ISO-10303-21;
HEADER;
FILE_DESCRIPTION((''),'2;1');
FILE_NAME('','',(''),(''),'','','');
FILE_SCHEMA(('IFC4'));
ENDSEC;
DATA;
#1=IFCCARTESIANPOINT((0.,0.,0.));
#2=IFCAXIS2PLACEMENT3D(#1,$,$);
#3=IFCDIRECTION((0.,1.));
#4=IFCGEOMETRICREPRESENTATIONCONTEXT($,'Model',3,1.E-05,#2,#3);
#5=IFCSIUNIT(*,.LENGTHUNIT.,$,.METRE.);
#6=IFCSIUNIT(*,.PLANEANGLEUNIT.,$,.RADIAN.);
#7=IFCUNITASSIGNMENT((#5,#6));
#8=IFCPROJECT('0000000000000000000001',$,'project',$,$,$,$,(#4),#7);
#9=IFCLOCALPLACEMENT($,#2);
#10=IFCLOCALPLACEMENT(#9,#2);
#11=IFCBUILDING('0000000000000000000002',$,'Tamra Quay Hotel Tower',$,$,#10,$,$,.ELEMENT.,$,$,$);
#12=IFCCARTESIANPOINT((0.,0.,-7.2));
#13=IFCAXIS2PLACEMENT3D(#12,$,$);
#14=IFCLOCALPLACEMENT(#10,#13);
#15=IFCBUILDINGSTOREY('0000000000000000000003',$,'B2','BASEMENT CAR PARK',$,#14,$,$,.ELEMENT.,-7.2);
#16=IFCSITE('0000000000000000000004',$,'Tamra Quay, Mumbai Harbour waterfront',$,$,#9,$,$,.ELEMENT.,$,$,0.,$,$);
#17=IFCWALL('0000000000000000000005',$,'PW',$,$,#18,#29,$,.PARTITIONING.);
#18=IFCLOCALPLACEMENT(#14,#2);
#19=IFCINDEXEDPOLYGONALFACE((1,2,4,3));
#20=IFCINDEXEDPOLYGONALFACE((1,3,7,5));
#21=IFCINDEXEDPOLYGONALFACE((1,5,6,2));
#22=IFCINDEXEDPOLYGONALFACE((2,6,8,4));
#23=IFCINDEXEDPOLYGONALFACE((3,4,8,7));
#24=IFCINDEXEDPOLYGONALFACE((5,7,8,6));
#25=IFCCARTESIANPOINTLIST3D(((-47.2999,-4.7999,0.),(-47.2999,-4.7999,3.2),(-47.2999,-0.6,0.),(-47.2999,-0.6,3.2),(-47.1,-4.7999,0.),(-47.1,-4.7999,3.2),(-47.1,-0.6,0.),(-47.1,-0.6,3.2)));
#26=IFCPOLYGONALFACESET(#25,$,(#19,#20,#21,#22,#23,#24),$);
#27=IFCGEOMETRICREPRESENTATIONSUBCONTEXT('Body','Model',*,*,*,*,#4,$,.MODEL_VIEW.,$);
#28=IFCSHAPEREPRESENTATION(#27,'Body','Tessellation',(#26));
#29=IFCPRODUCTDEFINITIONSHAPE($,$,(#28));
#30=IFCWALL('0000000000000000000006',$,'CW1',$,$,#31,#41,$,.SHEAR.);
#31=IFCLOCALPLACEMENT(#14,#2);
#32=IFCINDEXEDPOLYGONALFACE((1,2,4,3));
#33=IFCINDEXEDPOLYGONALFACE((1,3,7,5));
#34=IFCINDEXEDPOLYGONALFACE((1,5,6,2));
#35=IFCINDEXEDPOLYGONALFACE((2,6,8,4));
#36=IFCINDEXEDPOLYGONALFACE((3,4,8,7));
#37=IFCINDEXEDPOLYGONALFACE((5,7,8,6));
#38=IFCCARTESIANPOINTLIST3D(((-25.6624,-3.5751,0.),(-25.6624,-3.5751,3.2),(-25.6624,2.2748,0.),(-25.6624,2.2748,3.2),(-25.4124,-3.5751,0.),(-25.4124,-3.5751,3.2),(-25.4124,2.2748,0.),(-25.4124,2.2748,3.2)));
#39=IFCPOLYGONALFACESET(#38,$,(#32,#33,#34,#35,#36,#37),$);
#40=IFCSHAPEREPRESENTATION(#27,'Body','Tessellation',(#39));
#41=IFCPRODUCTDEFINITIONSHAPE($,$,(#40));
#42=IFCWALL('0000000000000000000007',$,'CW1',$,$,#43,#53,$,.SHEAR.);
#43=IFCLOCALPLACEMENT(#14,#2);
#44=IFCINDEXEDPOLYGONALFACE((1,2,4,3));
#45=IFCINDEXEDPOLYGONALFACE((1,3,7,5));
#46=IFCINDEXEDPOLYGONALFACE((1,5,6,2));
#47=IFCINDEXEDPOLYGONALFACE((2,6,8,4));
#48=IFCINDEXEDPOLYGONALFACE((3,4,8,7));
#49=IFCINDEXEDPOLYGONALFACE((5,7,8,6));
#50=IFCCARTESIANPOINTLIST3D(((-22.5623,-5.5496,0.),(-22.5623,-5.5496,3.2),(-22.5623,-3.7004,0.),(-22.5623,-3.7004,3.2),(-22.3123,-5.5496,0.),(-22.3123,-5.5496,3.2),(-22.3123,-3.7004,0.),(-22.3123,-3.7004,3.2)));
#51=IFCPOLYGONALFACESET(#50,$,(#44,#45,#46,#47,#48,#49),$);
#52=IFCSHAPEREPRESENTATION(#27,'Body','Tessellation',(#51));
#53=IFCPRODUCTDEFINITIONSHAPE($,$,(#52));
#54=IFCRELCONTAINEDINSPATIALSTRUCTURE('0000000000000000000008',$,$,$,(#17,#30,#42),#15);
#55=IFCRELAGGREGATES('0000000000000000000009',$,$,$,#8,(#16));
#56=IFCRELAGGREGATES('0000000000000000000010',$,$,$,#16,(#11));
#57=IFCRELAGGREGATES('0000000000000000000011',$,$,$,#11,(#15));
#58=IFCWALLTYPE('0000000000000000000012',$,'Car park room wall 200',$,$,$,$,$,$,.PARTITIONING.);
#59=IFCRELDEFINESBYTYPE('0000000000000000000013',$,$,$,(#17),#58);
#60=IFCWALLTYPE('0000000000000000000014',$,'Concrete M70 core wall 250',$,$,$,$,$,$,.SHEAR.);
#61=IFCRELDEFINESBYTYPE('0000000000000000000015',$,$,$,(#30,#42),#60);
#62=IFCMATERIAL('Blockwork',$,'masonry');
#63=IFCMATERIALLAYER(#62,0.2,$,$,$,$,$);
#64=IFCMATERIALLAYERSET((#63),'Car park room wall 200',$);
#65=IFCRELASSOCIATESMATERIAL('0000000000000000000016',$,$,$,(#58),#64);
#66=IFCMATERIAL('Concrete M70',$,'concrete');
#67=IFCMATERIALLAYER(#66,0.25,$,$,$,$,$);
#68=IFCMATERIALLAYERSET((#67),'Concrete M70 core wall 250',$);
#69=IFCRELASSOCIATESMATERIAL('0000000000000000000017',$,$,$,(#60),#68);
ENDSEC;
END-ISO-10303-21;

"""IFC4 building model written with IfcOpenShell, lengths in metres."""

from ifc_helpers import new_model, si_unit, direction, frame, frame_2d, origin, place, context, subcontext, project, spatial, rectangle, extrude, material, layer, layer_set, type_object, element, save


model = new_model("IFC4")

# Units and contexts
model_context = context("Model", 3, precision=1e-05, world=origin(), true_north=direction((0.0, 1.0)))
body_context = subcontext(model_context, "Body", "Model", "MODEL_VIEW")
ifc_project = project(units=[si_unit("LENGTHUNIT", "METRE"), si_unit("PLANEANGLEUNIT", "RADIAN")], contexts=[model_context])

# Site, building, storey
site_placement = place(None, origin())
site = spatial("IfcSite", under=ifc_project, at=site_placement, Name="Tamra Quay, Mumbai Harbour waterfront", CompositionType="ELEMENT", RefElevation=0.0)
building_placement = place(site_placement, origin())
building = spatial("IfcBuilding", under=site, at=building_placement, Name="Tamra Quay Hotel Tower", CompositionType="ELEMENT")
storey_placement = place(building_placement, frame((0.0, 0.0, -7.2)))
storey = spatial("IfcBuildingStorey", under=building, at=storey_placement, Name="B2", Description="BASEMENT CAR PARK", CompositionType="ELEMENT", Elevation=-7.2)

# Shared definitions
ifc_material_1 = material(Name="Concrete M70", Category="concrete")

# Shared definitions
ifc_material_2 = material(Name="Blockwork", Category="masonry")
ifc_layer_1 = layer(ifc_material_2, 0.2)
ifc_layer_set_1 = layer_set([ifc_layer_1], Name="Car park room wall 200")
wall_type_1 = type_object("IfcWallType", Name="Car park room wall 200", PredefinedType="PARTITIONING", material=ifc_layer_set_1)

# Walls
wall_1_placement = place(storey_placement, frame((-47.2, -4.8, 0.0), z_axis=(0.0, 0.0, 1.0), x_axis=(0.0, 1.0, 0.0)))
element("IfcWall", 1, at=wall_1_placement, inside=storey, type_object=wall_type_1, Name="PW", PredefinedType="PARTITIONING", context=body_context, shape_type="SweptSolid", body=[
    extrude(rectangle(XDim=4.2, YDim=0.2, at=frame_2d((2.1001, 0.0))), origin(), (0.0, 0.0, 1.0), 3.2),
])
ifc_layer_2 = layer(ifc_material_1, 0.25)
ifc_layer_set_2 = layer_set([ifc_layer_2], Name="Concrete M70 core wall 250")
wall_type_2 = type_object("IfcWallType", Name="Concrete M70 core wall 250", PredefinedType="SHEAR", material=ifc_layer_set_2)
wall_2_placement = place(storey_placement, frame((-25.5374, -3.575, 0.0), z_axis=(0.0, 0.0, 1.0), x_axis=(0.0, 1.0, 0.0)))
element("IfcWall", 2, at=wall_2_placement, inside=storey, type_object=wall_type_2, Name="CW1", PredefinedType="SHEAR", context=body_context, shape_type="SweptSolid", body=[
    extrude(rectangle(XDim=5.8499, YDim=0.25, at=frame_2d((2.9248, 0.0))), origin(), (0.0, 0.0, 1.0), 3.2),
])
wall_3_placement = place(storey_placement, frame((-22.4373, -5.5496, 0.0), z_axis=(0.0, 0.0, 1.0), x_axis=(0.0, 1.0, 0.0)))
element("IfcWall", 3, at=wall_3_placement, inside=storey, type_object=wall_type_2, Name="CW1", PredefinedType="SHEAR", context=body_context, shape_type="SweptSolid", body=[
    extrude(rectangle(XDim=1.8491, YDim=0.25, at=frame_2d((0.9246, 0.0))), origin(), (0.0, 0.0, 1.0), 3.2),
])

save(model, "model.ifc")
